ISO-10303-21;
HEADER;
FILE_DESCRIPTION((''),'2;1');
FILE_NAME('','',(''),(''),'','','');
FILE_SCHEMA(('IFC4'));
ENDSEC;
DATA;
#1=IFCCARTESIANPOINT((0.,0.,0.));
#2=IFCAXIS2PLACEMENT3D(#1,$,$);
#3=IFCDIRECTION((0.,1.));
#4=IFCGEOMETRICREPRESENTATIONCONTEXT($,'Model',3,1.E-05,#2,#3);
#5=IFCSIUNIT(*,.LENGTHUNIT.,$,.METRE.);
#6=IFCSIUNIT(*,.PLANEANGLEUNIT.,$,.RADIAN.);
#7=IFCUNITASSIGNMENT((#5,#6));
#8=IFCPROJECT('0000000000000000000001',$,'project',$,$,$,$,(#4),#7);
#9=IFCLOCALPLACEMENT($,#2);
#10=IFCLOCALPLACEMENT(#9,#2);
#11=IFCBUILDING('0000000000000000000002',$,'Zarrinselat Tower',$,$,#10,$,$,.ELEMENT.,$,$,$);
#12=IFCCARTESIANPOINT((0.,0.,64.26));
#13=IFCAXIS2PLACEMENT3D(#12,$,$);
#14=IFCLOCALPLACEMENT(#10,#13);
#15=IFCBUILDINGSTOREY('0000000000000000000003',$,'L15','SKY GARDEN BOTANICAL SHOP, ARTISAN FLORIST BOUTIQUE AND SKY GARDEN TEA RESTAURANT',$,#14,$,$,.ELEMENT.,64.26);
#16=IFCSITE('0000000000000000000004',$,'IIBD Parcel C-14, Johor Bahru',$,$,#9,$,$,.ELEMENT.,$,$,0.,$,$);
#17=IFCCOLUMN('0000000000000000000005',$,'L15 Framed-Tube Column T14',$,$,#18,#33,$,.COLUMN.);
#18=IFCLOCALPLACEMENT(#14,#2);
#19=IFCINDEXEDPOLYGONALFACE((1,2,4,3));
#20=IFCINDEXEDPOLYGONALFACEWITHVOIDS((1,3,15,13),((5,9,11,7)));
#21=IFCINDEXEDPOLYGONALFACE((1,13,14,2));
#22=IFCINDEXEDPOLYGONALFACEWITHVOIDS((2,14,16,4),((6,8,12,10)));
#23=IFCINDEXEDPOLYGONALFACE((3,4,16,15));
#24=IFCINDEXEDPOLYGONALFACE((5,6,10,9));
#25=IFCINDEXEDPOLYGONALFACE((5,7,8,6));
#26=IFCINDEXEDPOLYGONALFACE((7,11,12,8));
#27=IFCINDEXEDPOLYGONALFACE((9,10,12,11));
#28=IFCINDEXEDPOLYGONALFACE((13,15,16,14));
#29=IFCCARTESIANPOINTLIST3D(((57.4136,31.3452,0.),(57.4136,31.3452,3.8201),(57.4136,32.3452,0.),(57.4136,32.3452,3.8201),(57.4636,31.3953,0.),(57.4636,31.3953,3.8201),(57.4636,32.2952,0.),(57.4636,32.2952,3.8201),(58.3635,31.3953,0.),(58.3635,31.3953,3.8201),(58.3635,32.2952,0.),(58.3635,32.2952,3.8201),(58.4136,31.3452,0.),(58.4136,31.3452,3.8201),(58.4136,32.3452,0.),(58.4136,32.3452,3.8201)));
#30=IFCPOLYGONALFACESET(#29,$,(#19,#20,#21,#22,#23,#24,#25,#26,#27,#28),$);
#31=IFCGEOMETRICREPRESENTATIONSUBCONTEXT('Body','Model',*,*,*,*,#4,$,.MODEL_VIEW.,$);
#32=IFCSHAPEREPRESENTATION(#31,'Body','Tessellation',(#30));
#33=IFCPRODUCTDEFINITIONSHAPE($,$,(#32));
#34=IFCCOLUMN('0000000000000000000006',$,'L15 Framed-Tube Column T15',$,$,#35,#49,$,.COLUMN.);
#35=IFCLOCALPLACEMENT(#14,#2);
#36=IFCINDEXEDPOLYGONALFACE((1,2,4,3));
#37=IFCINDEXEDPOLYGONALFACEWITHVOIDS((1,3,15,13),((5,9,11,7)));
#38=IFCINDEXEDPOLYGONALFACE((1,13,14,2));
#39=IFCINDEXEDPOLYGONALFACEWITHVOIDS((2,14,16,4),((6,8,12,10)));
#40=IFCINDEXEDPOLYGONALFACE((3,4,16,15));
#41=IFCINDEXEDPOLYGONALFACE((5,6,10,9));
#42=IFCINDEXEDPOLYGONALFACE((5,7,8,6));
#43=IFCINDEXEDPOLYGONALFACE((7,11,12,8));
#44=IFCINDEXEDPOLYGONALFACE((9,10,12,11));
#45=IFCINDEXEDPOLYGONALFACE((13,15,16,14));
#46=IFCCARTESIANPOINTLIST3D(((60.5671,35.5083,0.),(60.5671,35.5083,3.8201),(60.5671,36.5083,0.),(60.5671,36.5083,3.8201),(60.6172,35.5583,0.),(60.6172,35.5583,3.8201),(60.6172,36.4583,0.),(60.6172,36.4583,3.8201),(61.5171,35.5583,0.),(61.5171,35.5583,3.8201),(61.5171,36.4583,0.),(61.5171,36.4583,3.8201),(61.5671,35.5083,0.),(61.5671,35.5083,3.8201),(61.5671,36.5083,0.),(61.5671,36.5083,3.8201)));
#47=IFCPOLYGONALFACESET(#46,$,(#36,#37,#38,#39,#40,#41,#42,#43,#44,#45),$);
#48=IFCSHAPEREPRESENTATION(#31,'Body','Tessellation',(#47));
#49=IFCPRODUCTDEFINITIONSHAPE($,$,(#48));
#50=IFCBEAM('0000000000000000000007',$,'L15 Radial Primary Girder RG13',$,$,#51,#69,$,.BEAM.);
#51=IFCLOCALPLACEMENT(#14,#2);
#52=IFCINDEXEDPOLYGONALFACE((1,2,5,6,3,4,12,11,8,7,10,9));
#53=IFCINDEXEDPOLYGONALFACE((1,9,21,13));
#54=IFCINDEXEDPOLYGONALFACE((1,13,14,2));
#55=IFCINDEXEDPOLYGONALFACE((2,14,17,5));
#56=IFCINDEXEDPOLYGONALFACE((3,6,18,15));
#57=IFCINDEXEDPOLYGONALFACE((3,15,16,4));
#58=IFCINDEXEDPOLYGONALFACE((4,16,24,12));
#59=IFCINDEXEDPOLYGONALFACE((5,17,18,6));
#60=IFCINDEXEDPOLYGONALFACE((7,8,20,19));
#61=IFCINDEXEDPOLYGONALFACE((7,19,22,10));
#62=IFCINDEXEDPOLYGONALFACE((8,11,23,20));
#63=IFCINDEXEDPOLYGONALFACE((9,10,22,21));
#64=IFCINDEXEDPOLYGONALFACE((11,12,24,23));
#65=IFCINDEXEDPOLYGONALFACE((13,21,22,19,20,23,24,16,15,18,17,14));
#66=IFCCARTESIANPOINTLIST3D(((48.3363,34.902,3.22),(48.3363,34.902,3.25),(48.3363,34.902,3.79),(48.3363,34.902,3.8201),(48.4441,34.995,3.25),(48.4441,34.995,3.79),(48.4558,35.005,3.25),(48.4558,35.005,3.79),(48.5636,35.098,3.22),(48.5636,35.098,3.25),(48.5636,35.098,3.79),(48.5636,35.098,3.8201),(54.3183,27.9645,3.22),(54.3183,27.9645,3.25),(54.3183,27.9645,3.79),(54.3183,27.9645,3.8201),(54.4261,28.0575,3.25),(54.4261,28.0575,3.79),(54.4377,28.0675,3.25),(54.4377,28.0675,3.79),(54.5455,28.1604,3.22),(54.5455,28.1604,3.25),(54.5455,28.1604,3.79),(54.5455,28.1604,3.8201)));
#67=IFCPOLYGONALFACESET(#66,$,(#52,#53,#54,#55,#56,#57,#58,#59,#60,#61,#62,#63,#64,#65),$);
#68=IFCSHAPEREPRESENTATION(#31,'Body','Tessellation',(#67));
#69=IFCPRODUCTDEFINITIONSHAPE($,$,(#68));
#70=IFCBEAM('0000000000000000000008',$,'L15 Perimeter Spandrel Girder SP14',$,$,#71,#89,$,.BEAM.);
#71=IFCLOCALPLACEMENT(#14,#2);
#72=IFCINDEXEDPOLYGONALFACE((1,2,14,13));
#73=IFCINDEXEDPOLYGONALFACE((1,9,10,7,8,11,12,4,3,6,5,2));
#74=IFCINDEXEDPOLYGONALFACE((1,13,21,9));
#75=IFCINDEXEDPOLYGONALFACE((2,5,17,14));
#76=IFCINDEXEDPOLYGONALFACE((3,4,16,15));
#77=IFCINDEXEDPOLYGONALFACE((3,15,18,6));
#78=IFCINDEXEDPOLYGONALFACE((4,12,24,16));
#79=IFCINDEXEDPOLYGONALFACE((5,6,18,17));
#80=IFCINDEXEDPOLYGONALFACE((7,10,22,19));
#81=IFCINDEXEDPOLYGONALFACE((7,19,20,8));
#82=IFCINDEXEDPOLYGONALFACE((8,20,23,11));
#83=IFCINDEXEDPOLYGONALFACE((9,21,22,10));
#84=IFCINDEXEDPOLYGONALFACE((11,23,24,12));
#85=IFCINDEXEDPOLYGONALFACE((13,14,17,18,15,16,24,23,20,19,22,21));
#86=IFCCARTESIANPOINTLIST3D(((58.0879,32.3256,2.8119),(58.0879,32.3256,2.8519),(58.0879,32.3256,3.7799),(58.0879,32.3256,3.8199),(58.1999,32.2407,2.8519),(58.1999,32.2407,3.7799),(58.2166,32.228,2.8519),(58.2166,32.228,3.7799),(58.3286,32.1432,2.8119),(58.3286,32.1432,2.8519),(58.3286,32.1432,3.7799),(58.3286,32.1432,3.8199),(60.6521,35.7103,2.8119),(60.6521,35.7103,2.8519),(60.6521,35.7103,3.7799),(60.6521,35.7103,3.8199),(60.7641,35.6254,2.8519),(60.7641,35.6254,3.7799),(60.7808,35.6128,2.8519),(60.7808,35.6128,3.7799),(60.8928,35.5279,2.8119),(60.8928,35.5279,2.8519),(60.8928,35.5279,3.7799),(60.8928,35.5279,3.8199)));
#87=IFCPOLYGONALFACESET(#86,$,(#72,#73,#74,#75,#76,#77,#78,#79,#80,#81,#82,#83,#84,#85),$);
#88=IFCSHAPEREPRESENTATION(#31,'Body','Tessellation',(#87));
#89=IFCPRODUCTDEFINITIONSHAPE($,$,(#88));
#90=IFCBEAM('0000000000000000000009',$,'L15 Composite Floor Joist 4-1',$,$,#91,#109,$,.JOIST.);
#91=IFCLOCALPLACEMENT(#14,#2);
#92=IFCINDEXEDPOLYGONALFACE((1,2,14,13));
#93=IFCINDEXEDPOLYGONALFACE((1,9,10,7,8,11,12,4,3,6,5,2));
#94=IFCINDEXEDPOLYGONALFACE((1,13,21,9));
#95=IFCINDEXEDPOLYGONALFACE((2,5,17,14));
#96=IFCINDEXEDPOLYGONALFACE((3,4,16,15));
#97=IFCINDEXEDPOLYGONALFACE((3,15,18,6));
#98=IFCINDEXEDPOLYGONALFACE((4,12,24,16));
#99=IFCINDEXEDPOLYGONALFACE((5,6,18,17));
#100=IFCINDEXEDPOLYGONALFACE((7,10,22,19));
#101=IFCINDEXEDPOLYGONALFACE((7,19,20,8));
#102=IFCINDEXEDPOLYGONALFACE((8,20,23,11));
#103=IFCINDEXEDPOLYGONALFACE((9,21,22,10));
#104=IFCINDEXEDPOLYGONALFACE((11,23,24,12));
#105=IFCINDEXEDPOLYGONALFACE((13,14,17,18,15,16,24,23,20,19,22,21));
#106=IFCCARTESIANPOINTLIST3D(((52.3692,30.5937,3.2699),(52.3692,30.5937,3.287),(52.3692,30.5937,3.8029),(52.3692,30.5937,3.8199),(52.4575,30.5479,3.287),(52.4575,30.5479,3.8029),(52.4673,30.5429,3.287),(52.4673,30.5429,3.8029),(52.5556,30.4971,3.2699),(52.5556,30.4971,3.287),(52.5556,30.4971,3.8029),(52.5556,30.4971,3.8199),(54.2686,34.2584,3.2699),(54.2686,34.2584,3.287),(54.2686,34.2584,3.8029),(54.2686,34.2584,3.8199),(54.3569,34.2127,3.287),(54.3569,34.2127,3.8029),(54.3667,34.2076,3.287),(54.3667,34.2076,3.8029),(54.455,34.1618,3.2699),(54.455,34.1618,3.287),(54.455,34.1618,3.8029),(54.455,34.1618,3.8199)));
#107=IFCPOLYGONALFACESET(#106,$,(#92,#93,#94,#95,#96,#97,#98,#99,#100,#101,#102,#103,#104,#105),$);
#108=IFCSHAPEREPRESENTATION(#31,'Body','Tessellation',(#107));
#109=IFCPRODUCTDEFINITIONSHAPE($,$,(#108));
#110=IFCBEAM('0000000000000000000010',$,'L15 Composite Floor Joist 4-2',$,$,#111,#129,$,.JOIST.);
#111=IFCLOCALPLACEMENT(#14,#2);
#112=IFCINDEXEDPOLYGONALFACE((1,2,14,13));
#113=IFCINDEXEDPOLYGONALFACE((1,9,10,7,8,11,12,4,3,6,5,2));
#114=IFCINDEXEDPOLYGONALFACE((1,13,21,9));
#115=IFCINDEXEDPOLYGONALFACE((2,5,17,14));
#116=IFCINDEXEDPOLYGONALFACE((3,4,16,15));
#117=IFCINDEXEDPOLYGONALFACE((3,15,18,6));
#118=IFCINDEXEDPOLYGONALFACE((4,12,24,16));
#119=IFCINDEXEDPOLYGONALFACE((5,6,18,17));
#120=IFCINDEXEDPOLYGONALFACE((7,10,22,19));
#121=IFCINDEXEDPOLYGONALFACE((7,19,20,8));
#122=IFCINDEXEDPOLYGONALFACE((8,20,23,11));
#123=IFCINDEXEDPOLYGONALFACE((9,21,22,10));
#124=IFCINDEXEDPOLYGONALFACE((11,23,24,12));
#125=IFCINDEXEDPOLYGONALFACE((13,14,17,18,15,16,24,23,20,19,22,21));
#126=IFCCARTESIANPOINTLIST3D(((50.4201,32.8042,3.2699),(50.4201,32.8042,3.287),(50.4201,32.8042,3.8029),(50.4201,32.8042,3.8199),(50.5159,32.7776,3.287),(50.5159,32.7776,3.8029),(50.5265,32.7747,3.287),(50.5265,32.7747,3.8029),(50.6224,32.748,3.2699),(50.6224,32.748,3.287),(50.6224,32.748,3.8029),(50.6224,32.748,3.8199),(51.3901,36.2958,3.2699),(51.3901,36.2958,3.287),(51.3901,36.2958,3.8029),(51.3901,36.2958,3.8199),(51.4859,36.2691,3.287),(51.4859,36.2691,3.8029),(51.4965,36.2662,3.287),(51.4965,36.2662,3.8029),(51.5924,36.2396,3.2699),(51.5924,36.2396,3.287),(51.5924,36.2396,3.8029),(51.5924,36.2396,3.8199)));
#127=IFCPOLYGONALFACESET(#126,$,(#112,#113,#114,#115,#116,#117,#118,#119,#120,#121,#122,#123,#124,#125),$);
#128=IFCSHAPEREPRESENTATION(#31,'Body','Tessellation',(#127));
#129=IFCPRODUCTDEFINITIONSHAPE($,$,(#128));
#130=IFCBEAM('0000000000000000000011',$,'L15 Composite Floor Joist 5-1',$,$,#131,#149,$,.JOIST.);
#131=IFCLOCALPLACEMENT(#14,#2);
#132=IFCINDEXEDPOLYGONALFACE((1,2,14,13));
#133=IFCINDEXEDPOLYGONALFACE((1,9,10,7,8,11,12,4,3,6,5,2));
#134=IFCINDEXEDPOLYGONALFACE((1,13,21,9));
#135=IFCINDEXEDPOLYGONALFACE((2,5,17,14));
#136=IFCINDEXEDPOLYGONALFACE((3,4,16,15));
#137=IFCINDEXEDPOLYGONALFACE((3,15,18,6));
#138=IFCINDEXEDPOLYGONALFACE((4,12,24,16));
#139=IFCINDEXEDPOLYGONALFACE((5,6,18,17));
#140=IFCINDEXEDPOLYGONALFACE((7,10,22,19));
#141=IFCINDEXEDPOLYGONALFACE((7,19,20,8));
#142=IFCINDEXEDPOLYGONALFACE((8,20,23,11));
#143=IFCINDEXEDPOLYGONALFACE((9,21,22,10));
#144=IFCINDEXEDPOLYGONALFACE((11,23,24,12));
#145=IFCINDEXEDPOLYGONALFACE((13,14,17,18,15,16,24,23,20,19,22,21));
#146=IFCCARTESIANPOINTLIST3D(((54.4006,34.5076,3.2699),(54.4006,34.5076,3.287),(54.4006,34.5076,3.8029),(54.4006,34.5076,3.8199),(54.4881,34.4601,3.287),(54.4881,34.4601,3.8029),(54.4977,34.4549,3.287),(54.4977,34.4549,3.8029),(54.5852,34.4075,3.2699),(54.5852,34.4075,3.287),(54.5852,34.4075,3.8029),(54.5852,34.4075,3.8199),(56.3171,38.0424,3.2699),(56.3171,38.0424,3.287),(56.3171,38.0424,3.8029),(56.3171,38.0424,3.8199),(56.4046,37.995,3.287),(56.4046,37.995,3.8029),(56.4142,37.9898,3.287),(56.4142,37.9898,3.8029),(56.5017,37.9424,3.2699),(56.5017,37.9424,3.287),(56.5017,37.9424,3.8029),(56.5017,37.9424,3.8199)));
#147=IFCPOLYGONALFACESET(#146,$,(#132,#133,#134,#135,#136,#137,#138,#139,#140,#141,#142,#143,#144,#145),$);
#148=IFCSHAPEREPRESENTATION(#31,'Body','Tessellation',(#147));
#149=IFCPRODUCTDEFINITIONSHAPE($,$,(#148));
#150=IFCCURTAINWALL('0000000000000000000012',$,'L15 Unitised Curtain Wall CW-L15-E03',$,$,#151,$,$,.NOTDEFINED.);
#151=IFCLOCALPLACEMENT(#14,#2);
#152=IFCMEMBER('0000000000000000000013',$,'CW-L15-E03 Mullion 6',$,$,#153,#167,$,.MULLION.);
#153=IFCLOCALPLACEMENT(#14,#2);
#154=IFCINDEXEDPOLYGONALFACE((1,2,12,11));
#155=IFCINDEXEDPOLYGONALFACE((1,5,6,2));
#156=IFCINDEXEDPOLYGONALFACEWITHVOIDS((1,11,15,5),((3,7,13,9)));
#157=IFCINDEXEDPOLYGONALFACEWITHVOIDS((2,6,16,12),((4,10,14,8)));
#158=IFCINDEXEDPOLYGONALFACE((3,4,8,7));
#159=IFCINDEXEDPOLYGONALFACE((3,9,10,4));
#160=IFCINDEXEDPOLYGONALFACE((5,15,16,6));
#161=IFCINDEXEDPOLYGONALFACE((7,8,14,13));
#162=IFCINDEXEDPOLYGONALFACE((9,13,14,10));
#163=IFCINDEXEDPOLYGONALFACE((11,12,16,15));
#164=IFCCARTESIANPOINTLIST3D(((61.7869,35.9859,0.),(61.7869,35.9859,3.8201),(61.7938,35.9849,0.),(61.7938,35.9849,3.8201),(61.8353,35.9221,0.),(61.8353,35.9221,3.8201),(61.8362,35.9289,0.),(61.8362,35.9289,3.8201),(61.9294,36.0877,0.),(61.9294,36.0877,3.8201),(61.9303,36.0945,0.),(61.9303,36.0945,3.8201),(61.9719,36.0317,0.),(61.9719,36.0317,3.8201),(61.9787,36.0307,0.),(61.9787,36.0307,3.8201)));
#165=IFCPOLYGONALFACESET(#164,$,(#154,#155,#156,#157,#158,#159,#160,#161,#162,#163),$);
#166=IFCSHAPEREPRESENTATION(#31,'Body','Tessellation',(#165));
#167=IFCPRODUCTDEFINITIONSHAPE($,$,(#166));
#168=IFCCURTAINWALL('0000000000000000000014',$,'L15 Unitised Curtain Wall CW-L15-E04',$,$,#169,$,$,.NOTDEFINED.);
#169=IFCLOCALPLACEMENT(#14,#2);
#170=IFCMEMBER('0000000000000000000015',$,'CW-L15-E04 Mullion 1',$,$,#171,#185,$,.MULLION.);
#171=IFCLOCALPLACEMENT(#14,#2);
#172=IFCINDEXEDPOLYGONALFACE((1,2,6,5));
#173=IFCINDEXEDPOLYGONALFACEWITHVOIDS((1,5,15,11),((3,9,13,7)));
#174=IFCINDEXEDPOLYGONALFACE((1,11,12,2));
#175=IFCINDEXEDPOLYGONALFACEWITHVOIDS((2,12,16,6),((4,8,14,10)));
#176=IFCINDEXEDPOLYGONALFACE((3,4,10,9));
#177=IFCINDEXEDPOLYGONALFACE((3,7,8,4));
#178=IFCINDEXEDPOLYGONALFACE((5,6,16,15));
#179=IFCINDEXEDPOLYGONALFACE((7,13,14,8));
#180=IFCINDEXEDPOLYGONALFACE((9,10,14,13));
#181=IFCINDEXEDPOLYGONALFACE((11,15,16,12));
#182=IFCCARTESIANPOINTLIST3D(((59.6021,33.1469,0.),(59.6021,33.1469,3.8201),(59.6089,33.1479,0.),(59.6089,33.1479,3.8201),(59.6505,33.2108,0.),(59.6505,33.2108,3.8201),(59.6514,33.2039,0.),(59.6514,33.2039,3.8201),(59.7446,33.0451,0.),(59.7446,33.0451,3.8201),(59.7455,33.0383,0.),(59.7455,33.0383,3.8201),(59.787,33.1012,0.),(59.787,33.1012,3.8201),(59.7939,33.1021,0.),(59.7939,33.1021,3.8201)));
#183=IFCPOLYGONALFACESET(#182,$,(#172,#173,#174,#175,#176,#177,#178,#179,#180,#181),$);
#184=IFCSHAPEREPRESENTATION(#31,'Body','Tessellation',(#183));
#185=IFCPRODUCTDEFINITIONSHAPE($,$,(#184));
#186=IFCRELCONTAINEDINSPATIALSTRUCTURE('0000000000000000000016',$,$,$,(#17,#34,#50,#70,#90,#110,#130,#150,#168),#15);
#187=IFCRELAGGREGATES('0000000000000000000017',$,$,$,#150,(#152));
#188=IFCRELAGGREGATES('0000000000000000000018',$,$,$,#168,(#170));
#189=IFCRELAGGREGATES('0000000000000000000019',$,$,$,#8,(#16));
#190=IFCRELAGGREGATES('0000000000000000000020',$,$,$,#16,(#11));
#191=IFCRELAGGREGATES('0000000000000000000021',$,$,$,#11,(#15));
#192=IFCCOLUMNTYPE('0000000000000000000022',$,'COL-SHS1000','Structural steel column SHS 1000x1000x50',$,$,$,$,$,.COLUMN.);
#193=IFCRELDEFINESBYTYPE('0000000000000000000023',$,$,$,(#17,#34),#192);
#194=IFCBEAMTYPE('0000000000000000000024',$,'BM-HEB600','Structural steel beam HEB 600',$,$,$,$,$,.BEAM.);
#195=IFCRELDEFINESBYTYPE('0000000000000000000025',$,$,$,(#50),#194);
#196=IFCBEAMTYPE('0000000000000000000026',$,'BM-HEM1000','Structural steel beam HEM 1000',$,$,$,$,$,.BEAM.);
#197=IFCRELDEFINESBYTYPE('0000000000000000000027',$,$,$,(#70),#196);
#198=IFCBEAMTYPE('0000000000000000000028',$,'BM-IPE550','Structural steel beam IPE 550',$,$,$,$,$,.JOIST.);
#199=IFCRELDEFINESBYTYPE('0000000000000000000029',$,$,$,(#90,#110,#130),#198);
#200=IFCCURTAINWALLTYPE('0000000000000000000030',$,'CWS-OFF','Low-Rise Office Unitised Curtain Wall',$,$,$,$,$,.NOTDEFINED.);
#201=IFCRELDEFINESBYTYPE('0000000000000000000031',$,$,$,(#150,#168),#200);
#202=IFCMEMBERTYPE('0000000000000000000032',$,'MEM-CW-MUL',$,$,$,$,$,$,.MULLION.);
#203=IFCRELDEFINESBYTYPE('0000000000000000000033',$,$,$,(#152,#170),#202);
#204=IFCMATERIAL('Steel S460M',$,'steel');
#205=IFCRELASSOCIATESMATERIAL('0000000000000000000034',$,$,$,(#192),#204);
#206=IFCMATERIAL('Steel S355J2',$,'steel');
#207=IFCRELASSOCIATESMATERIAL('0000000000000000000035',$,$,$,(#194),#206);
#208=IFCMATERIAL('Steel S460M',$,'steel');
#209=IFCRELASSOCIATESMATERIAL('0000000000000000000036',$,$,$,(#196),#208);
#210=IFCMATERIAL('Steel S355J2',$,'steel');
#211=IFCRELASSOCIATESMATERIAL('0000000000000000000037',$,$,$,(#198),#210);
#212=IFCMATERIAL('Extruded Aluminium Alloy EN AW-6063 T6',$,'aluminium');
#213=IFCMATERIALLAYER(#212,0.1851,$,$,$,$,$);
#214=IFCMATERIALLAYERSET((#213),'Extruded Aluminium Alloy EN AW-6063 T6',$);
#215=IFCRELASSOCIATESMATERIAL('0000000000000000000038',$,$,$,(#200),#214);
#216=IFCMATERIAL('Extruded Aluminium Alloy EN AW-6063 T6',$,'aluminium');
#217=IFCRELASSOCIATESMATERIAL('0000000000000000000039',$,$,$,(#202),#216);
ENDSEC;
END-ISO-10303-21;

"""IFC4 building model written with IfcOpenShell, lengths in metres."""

from ifc_helpers import new_model, si_unit, direction, frame, origin, origin_2d, place, context, subcontext, project, spatial, hollow_rectangle, i_section, extrude, material, layer, layer_set, material_profile, profile_set, type_object, element, aggregate, save


model = new_model("IFC4")

# Units and contexts
model_context = context("Model", 3, precision=1e-05, world=origin(), true_north=direction((0.0, 1.0)))
body_context = subcontext(model_context, "Body", "Model", "MODEL_VIEW")
ifc_project = project(units=[si_unit("LENGTHUNIT", "METRE"), si_unit("PLANEANGLEUNIT", "RADIAN")], contexts=[model_context])

# Site, building, storey
site_placement = place(None, origin())
site = spatial("IfcSite", under=ifc_project, at=site_placement, Name="IIBD Parcel C-14, Johor Bahru", CompositionType="ELEMENT", RefElevation=0.0)
building_placement = place(site_placement, origin())
building = spatial("IfcBuilding", under=site, at=building_placement, Name="Zarrinselat Tower", CompositionType="ELEMENT")
storey_placement = place(building_placement, frame((0.0, 0.0, 64.26)))
storey = spatial("IfcBuildingStorey", under=building, at=storey_placement, Name="L15", Description="SKY GARDEN BOTANICAL SHOP, ARTISAN FLORIST BOUTIQUE AND SKY GARDEN TEA RESTAURANT", CompositionType="ELEMENT", Elevation=64.26)

# Columns
ifc_material_1 = material(Name="Steel S460M", Category="steel")
ifc_material_profile_1 = material_profile(ifc_material_1, hollow_rectangle(XDim=1.0, YDim=1.0, WallThickness=0.05, at=origin_2d()), Name="SHS 1000x1000x50")
ifc_profile_set_1 = profile_set([ifc_material_profile_1], Name="Steel S460M")
column_type = type_object("IfcColumnType", Name="COL-SHS1000", Description="Structural steel column SHS 1000x1000x50", PredefinedType="COLUMN", material=ifc_profile_set_1)
for number, where, z_axis, x_axis, name in (
    (1, (57.9136, 31.8452, 0.0), (0.0, 0.0, 1.0), (1.0, 0.0, 0.0), "L15 Framed-Tube Column T14"),
    (2, (61.0671, 36.0083, 0.0), (0.0, 0.0, 1.0), (1.0, 0.0, 0.0), "L15 Framed-Tube Column T15"),
):
    element("IfcColumn", number, at=place(storey_placement, frame(where, z_axis=z_axis, x_axis=x_axis)), inside=storey, type_object=column_type, Name=name, PredefinedType="COLUMN", context=body_context, shape_type="SweptSolid", body=[
        extrude(hollow_rectangle(XDim=1.0, YDim=1.0, WallThickness=0.05, at=origin_2d()), origin(), (0.0, 0.0, 1.0), 3.8201),
    ])

# Beams
ifc_material_2 = material(Name="Steel S355J2", Category="steel")
ifc_material_profile_2 = material_profile(ifc_material_2, i_section(OverallWidth=0.3, OverallDepth=0.6001, WebThickness=0.0154, FlangeThickness=0.03, at=origin_2d()), Name="HEB 600")
ifc_profile_set_2 = profile_set([ifc_material_profile_2], Name="Steel S355J2")
beam_type_1 = type_object("IfcBeamType", Name="BM-HEB600", Description="Structural steel beam HEB 600", PredefinedType="BEAM", material=ifc_profile_set_2)
beam_1_placement = place(storey_placement, frame((48.45, 35.0, 3.52), z_axis=(0.653023, -0.757338, 0.0), x_axis=(0.757338, 0.653023, 0.0)))
element("IfcBeam", 3, at=beam_1_placement, inside=storey, type_object=beam_type_1, Name="L15 Radial Primary Girder RG13", PredefinedType="BEAM", context=body_context, shape_type="SweptSolid", body=[
    extrude(i_section(OverallWidth=0.3, OverallDepth=0.6001, WebThickness=0.0154, FlangeThickness=0.03, at=origin_2d()), origin(), (0.0, 0.0, 1.0), 9.1604),
])
ifc_material_3 = material(Name="Steel S460M", Category="steel")
ifc_material_profile_3 = material_profile(ifc_material_3, i_section(OverallWidth=0.302, OverallDepth=1.0081, WebThickness=0.021, FlangeThickness=0.04, at=origin_2d()), Name="HEM 1000")
ifc_profile_set_3 = profile_set([ifc_material_profile_3], Name="Steel S460M")
beam_type_2 = type_object("IfcBeamType", Name="BM-HEM1000", Description="Structural steel beam HEM 1000", PredefinedType="BEAM", material=ifc_profile_set_3)
beam_2_placement = place(storey_placement, frame((58.2083, 32.2344, 3.3159), z_axis=(0.603857, 0.797093, 0.0), x_axis=(-0.797093, 0.603857, 0.0)))
element("IfcBeam", 4, at=beam_2_placement, inside=storey, type_object=beam_type_2, Name="L15 Perimeter Spandrel Girder SP14", PredefinedType="BEAM", context=body_context, shape_type="SweptSolid", body=[
    extrude(i_section(OverallWidth=0.302, OverallDepth=1.0081, WebThickness=0.021, FlangeThickness=0.04, at=origin_2d()), origin(), (0.0, 0.0, 1.0), 4.2463),
])
ifc_material_4 = material(Name="Steel S355J2", Category="steel")
ifc_material_profile_4 = material_profile(ifc_material_4, i_section(OverallWidth=0.21, OverallDepth=0.55, WebThickness=0.011, FlangeThickness=0.0171, at=origin_2d()), Name="IPE 550")
ifc_profile_set_4 = profile_set([ifc_material_profile_4], Name="Steel S355J2")
beam_type_3 = type_object("IfcBeamType", Name="BM-IPE550", Description="Structural steel beam IPE 550", PredefinedType="JOIST", material=ifc_profile_set_4)
beam_3_placement = place(storey_placement, frame((52.4624, 30.5454, 3.5449), z_axis=(0.460155, 0.887839, 0.0), x_axis=(-0.887839, 0.460155, 0.0)))
element("IfcBeam", 5, at=beam_3_placement, inside=storey, type_object=beam_type_3, Name="L15 Composite Floor Joist 4-1", PredefinedType="JOIST", context=body_context, shape_type="SweptSolid", body=[
    extrude(i_section(OverallWidth=0.21, OverallDepth=0.55, WebThickness=0.011, FlangeThickness=0.0171, at=origin_2d()), origin(), (0.0, 0.0, 1.0), 4.1277),
])
beam_4_placement = place(storey_placement, frame((50.5212, 32.7761, 3.5449), z_axis=(0.267675, 0.963509, 0.0), x_axis=(-0.963509, 0.267675, 0.0)))
element("IfcBeam", 6, at=beam_4_placement, inside=storey, type_object=beam_type_3, Name="L15 Composite Floor Joist 4-2", PredefinedType="JOIST", context=body_context, shape_type="SweptSolid", body=[
    extrude(i_section(OverallWidth=0.21, OverallDepth=0.55, WebThickness=0.011, FlangeThickness=0.0171, at=origin_2d()), origin(), (0.0, 0.0, 1.0), 3.6238),
])
beam_5_placement = place(storey_placement, frame((54.4929, 34.4575, 3.5449), z_axis=(0.476621, 0.879109, 0.0), x_axis=(-0.879109, 0.476621, 0.0)))
element("IfcBeam", 7, at=beam_5_placement, inside=storey, type_object=beam_type_3, Name="L15 Composite Floor Joist 5-1", PredefinedType="JOIST", context=body_context, shape_type="SweptSolid", body=[
    extrude(i_section(OverallWidth=0.21, OverallDepth=0.55, WebThickness=0.011, FlangeThickness=0.0171, at=origin_2d()), origin(), (0.0, 0.0, 1.0), 4.021),
])

# Curtain wall, member
ifc_material_5 = material(Name="Extruded Aluminium Alloy EN AW-6063 T6", Category="aluminium")
ifc_layer_1 = layer(ifc_material_5, 0.1851)
ifc_layer_set_1 = layer_set([ifc_layer_1], Name="Extruded Aluminium Alloy EN AW-6063 T6")
curtain_wall_type = type_object("IfcCurtainWallType", Name="CWS-OFF", Description="Low-Rise Office Unitised Curtain Wall", PredefinedType="NOTDEFINED", material=ifc_layer_set_1)
curtain_wall_1_placement = place(storey_placement, origin())
curtain_wall_1 = element("IfcCurtainWall", 8, at=curtain_wall_1_placement, inside=storey, type_object=curtain_wall_type, Name="L15 Unitised Curtain Wall CW-L15-E03", PredefinedType="NOTDEFINED")
ifc_material_6 = material(Name="Extruded Aluminium Alloy EN AW-6063 T6", Category="aluminium")
ifc_material_profile_5 = material_profile(ifc_material_6, hollow_rectangle(XDim=0.0801, YDim=0.1799, WallThickness=0.0049, at=origin_2d()), Name="RHS 180x80x5")
ifc_profile_set_5 = profile_set([ifc_material_profile_5], Name="Extruded Aluminium Alloy EN AW-6063 T6")
member_type_1 = type_object("IfcMemberType", Name="MEM-CW-MUL", PredefinedType="MULLION", material=ifc_profile_set_5)
member_1_placement = place(storey_placement, frame((61.8828, 36.0083, 0.0), z_axis=(0.0, 0.0, 1.0), x_axis=(0.60386, -0.797091, 0.0)))
member_1 = element("IfcMember", 9, at=member_1_placement, type_object=member_type_1, Name="CW-L15-E03 Mullion 6", PredefinedType="MULLION", context=body_context, shape_type="SweptSolid", body=[
    extrude(hollow_rectangle(XDim=0.0801, YDim=0.1799, WallThickness=0.0049, at=origin_2d()), origin(), (0.0, 0.0, 1.0), 3.8201),
])
aggregate(curtain_wall_1, [member_1])

# Curtain wall, member
curtain_wall_2_placement = place(storey_placement, origin())
curtain_wall_2 = element("IfcCurtainWall", 10, at=curtain_wall_2_placement, inside=storey, type_object=curtain_wall_type, Name="L15 Unitised Curtain Wall CW-L15-E04", PredefinedType="NOTDEFINED")
member_2_placement = place(storey_placement, frame((59.698, 33.1245, 0.0), z_axis=(0.0, 0.0, 1.0), x_axis=(-0.603859, -0.797091, 0.0)))
member_2 = element("IfcMember", 11, at=member_2_placement, type_object=member_type_1, Name="CW-L15-E04 Mullion 1", PredefinedType="MULLION", context=body_context, shape_type="SweptSolid", body=[
    extrude(hollow_rectangle(XDim=0.0801, YDim=0.1799, WallThickness=0.0049, at=origin_2d()), origin(), (0.0, 0.0, 1.0), 3.8201),
])
aggregate(curtain_wall_2, [member_2])

save(model, "model.ifc")
